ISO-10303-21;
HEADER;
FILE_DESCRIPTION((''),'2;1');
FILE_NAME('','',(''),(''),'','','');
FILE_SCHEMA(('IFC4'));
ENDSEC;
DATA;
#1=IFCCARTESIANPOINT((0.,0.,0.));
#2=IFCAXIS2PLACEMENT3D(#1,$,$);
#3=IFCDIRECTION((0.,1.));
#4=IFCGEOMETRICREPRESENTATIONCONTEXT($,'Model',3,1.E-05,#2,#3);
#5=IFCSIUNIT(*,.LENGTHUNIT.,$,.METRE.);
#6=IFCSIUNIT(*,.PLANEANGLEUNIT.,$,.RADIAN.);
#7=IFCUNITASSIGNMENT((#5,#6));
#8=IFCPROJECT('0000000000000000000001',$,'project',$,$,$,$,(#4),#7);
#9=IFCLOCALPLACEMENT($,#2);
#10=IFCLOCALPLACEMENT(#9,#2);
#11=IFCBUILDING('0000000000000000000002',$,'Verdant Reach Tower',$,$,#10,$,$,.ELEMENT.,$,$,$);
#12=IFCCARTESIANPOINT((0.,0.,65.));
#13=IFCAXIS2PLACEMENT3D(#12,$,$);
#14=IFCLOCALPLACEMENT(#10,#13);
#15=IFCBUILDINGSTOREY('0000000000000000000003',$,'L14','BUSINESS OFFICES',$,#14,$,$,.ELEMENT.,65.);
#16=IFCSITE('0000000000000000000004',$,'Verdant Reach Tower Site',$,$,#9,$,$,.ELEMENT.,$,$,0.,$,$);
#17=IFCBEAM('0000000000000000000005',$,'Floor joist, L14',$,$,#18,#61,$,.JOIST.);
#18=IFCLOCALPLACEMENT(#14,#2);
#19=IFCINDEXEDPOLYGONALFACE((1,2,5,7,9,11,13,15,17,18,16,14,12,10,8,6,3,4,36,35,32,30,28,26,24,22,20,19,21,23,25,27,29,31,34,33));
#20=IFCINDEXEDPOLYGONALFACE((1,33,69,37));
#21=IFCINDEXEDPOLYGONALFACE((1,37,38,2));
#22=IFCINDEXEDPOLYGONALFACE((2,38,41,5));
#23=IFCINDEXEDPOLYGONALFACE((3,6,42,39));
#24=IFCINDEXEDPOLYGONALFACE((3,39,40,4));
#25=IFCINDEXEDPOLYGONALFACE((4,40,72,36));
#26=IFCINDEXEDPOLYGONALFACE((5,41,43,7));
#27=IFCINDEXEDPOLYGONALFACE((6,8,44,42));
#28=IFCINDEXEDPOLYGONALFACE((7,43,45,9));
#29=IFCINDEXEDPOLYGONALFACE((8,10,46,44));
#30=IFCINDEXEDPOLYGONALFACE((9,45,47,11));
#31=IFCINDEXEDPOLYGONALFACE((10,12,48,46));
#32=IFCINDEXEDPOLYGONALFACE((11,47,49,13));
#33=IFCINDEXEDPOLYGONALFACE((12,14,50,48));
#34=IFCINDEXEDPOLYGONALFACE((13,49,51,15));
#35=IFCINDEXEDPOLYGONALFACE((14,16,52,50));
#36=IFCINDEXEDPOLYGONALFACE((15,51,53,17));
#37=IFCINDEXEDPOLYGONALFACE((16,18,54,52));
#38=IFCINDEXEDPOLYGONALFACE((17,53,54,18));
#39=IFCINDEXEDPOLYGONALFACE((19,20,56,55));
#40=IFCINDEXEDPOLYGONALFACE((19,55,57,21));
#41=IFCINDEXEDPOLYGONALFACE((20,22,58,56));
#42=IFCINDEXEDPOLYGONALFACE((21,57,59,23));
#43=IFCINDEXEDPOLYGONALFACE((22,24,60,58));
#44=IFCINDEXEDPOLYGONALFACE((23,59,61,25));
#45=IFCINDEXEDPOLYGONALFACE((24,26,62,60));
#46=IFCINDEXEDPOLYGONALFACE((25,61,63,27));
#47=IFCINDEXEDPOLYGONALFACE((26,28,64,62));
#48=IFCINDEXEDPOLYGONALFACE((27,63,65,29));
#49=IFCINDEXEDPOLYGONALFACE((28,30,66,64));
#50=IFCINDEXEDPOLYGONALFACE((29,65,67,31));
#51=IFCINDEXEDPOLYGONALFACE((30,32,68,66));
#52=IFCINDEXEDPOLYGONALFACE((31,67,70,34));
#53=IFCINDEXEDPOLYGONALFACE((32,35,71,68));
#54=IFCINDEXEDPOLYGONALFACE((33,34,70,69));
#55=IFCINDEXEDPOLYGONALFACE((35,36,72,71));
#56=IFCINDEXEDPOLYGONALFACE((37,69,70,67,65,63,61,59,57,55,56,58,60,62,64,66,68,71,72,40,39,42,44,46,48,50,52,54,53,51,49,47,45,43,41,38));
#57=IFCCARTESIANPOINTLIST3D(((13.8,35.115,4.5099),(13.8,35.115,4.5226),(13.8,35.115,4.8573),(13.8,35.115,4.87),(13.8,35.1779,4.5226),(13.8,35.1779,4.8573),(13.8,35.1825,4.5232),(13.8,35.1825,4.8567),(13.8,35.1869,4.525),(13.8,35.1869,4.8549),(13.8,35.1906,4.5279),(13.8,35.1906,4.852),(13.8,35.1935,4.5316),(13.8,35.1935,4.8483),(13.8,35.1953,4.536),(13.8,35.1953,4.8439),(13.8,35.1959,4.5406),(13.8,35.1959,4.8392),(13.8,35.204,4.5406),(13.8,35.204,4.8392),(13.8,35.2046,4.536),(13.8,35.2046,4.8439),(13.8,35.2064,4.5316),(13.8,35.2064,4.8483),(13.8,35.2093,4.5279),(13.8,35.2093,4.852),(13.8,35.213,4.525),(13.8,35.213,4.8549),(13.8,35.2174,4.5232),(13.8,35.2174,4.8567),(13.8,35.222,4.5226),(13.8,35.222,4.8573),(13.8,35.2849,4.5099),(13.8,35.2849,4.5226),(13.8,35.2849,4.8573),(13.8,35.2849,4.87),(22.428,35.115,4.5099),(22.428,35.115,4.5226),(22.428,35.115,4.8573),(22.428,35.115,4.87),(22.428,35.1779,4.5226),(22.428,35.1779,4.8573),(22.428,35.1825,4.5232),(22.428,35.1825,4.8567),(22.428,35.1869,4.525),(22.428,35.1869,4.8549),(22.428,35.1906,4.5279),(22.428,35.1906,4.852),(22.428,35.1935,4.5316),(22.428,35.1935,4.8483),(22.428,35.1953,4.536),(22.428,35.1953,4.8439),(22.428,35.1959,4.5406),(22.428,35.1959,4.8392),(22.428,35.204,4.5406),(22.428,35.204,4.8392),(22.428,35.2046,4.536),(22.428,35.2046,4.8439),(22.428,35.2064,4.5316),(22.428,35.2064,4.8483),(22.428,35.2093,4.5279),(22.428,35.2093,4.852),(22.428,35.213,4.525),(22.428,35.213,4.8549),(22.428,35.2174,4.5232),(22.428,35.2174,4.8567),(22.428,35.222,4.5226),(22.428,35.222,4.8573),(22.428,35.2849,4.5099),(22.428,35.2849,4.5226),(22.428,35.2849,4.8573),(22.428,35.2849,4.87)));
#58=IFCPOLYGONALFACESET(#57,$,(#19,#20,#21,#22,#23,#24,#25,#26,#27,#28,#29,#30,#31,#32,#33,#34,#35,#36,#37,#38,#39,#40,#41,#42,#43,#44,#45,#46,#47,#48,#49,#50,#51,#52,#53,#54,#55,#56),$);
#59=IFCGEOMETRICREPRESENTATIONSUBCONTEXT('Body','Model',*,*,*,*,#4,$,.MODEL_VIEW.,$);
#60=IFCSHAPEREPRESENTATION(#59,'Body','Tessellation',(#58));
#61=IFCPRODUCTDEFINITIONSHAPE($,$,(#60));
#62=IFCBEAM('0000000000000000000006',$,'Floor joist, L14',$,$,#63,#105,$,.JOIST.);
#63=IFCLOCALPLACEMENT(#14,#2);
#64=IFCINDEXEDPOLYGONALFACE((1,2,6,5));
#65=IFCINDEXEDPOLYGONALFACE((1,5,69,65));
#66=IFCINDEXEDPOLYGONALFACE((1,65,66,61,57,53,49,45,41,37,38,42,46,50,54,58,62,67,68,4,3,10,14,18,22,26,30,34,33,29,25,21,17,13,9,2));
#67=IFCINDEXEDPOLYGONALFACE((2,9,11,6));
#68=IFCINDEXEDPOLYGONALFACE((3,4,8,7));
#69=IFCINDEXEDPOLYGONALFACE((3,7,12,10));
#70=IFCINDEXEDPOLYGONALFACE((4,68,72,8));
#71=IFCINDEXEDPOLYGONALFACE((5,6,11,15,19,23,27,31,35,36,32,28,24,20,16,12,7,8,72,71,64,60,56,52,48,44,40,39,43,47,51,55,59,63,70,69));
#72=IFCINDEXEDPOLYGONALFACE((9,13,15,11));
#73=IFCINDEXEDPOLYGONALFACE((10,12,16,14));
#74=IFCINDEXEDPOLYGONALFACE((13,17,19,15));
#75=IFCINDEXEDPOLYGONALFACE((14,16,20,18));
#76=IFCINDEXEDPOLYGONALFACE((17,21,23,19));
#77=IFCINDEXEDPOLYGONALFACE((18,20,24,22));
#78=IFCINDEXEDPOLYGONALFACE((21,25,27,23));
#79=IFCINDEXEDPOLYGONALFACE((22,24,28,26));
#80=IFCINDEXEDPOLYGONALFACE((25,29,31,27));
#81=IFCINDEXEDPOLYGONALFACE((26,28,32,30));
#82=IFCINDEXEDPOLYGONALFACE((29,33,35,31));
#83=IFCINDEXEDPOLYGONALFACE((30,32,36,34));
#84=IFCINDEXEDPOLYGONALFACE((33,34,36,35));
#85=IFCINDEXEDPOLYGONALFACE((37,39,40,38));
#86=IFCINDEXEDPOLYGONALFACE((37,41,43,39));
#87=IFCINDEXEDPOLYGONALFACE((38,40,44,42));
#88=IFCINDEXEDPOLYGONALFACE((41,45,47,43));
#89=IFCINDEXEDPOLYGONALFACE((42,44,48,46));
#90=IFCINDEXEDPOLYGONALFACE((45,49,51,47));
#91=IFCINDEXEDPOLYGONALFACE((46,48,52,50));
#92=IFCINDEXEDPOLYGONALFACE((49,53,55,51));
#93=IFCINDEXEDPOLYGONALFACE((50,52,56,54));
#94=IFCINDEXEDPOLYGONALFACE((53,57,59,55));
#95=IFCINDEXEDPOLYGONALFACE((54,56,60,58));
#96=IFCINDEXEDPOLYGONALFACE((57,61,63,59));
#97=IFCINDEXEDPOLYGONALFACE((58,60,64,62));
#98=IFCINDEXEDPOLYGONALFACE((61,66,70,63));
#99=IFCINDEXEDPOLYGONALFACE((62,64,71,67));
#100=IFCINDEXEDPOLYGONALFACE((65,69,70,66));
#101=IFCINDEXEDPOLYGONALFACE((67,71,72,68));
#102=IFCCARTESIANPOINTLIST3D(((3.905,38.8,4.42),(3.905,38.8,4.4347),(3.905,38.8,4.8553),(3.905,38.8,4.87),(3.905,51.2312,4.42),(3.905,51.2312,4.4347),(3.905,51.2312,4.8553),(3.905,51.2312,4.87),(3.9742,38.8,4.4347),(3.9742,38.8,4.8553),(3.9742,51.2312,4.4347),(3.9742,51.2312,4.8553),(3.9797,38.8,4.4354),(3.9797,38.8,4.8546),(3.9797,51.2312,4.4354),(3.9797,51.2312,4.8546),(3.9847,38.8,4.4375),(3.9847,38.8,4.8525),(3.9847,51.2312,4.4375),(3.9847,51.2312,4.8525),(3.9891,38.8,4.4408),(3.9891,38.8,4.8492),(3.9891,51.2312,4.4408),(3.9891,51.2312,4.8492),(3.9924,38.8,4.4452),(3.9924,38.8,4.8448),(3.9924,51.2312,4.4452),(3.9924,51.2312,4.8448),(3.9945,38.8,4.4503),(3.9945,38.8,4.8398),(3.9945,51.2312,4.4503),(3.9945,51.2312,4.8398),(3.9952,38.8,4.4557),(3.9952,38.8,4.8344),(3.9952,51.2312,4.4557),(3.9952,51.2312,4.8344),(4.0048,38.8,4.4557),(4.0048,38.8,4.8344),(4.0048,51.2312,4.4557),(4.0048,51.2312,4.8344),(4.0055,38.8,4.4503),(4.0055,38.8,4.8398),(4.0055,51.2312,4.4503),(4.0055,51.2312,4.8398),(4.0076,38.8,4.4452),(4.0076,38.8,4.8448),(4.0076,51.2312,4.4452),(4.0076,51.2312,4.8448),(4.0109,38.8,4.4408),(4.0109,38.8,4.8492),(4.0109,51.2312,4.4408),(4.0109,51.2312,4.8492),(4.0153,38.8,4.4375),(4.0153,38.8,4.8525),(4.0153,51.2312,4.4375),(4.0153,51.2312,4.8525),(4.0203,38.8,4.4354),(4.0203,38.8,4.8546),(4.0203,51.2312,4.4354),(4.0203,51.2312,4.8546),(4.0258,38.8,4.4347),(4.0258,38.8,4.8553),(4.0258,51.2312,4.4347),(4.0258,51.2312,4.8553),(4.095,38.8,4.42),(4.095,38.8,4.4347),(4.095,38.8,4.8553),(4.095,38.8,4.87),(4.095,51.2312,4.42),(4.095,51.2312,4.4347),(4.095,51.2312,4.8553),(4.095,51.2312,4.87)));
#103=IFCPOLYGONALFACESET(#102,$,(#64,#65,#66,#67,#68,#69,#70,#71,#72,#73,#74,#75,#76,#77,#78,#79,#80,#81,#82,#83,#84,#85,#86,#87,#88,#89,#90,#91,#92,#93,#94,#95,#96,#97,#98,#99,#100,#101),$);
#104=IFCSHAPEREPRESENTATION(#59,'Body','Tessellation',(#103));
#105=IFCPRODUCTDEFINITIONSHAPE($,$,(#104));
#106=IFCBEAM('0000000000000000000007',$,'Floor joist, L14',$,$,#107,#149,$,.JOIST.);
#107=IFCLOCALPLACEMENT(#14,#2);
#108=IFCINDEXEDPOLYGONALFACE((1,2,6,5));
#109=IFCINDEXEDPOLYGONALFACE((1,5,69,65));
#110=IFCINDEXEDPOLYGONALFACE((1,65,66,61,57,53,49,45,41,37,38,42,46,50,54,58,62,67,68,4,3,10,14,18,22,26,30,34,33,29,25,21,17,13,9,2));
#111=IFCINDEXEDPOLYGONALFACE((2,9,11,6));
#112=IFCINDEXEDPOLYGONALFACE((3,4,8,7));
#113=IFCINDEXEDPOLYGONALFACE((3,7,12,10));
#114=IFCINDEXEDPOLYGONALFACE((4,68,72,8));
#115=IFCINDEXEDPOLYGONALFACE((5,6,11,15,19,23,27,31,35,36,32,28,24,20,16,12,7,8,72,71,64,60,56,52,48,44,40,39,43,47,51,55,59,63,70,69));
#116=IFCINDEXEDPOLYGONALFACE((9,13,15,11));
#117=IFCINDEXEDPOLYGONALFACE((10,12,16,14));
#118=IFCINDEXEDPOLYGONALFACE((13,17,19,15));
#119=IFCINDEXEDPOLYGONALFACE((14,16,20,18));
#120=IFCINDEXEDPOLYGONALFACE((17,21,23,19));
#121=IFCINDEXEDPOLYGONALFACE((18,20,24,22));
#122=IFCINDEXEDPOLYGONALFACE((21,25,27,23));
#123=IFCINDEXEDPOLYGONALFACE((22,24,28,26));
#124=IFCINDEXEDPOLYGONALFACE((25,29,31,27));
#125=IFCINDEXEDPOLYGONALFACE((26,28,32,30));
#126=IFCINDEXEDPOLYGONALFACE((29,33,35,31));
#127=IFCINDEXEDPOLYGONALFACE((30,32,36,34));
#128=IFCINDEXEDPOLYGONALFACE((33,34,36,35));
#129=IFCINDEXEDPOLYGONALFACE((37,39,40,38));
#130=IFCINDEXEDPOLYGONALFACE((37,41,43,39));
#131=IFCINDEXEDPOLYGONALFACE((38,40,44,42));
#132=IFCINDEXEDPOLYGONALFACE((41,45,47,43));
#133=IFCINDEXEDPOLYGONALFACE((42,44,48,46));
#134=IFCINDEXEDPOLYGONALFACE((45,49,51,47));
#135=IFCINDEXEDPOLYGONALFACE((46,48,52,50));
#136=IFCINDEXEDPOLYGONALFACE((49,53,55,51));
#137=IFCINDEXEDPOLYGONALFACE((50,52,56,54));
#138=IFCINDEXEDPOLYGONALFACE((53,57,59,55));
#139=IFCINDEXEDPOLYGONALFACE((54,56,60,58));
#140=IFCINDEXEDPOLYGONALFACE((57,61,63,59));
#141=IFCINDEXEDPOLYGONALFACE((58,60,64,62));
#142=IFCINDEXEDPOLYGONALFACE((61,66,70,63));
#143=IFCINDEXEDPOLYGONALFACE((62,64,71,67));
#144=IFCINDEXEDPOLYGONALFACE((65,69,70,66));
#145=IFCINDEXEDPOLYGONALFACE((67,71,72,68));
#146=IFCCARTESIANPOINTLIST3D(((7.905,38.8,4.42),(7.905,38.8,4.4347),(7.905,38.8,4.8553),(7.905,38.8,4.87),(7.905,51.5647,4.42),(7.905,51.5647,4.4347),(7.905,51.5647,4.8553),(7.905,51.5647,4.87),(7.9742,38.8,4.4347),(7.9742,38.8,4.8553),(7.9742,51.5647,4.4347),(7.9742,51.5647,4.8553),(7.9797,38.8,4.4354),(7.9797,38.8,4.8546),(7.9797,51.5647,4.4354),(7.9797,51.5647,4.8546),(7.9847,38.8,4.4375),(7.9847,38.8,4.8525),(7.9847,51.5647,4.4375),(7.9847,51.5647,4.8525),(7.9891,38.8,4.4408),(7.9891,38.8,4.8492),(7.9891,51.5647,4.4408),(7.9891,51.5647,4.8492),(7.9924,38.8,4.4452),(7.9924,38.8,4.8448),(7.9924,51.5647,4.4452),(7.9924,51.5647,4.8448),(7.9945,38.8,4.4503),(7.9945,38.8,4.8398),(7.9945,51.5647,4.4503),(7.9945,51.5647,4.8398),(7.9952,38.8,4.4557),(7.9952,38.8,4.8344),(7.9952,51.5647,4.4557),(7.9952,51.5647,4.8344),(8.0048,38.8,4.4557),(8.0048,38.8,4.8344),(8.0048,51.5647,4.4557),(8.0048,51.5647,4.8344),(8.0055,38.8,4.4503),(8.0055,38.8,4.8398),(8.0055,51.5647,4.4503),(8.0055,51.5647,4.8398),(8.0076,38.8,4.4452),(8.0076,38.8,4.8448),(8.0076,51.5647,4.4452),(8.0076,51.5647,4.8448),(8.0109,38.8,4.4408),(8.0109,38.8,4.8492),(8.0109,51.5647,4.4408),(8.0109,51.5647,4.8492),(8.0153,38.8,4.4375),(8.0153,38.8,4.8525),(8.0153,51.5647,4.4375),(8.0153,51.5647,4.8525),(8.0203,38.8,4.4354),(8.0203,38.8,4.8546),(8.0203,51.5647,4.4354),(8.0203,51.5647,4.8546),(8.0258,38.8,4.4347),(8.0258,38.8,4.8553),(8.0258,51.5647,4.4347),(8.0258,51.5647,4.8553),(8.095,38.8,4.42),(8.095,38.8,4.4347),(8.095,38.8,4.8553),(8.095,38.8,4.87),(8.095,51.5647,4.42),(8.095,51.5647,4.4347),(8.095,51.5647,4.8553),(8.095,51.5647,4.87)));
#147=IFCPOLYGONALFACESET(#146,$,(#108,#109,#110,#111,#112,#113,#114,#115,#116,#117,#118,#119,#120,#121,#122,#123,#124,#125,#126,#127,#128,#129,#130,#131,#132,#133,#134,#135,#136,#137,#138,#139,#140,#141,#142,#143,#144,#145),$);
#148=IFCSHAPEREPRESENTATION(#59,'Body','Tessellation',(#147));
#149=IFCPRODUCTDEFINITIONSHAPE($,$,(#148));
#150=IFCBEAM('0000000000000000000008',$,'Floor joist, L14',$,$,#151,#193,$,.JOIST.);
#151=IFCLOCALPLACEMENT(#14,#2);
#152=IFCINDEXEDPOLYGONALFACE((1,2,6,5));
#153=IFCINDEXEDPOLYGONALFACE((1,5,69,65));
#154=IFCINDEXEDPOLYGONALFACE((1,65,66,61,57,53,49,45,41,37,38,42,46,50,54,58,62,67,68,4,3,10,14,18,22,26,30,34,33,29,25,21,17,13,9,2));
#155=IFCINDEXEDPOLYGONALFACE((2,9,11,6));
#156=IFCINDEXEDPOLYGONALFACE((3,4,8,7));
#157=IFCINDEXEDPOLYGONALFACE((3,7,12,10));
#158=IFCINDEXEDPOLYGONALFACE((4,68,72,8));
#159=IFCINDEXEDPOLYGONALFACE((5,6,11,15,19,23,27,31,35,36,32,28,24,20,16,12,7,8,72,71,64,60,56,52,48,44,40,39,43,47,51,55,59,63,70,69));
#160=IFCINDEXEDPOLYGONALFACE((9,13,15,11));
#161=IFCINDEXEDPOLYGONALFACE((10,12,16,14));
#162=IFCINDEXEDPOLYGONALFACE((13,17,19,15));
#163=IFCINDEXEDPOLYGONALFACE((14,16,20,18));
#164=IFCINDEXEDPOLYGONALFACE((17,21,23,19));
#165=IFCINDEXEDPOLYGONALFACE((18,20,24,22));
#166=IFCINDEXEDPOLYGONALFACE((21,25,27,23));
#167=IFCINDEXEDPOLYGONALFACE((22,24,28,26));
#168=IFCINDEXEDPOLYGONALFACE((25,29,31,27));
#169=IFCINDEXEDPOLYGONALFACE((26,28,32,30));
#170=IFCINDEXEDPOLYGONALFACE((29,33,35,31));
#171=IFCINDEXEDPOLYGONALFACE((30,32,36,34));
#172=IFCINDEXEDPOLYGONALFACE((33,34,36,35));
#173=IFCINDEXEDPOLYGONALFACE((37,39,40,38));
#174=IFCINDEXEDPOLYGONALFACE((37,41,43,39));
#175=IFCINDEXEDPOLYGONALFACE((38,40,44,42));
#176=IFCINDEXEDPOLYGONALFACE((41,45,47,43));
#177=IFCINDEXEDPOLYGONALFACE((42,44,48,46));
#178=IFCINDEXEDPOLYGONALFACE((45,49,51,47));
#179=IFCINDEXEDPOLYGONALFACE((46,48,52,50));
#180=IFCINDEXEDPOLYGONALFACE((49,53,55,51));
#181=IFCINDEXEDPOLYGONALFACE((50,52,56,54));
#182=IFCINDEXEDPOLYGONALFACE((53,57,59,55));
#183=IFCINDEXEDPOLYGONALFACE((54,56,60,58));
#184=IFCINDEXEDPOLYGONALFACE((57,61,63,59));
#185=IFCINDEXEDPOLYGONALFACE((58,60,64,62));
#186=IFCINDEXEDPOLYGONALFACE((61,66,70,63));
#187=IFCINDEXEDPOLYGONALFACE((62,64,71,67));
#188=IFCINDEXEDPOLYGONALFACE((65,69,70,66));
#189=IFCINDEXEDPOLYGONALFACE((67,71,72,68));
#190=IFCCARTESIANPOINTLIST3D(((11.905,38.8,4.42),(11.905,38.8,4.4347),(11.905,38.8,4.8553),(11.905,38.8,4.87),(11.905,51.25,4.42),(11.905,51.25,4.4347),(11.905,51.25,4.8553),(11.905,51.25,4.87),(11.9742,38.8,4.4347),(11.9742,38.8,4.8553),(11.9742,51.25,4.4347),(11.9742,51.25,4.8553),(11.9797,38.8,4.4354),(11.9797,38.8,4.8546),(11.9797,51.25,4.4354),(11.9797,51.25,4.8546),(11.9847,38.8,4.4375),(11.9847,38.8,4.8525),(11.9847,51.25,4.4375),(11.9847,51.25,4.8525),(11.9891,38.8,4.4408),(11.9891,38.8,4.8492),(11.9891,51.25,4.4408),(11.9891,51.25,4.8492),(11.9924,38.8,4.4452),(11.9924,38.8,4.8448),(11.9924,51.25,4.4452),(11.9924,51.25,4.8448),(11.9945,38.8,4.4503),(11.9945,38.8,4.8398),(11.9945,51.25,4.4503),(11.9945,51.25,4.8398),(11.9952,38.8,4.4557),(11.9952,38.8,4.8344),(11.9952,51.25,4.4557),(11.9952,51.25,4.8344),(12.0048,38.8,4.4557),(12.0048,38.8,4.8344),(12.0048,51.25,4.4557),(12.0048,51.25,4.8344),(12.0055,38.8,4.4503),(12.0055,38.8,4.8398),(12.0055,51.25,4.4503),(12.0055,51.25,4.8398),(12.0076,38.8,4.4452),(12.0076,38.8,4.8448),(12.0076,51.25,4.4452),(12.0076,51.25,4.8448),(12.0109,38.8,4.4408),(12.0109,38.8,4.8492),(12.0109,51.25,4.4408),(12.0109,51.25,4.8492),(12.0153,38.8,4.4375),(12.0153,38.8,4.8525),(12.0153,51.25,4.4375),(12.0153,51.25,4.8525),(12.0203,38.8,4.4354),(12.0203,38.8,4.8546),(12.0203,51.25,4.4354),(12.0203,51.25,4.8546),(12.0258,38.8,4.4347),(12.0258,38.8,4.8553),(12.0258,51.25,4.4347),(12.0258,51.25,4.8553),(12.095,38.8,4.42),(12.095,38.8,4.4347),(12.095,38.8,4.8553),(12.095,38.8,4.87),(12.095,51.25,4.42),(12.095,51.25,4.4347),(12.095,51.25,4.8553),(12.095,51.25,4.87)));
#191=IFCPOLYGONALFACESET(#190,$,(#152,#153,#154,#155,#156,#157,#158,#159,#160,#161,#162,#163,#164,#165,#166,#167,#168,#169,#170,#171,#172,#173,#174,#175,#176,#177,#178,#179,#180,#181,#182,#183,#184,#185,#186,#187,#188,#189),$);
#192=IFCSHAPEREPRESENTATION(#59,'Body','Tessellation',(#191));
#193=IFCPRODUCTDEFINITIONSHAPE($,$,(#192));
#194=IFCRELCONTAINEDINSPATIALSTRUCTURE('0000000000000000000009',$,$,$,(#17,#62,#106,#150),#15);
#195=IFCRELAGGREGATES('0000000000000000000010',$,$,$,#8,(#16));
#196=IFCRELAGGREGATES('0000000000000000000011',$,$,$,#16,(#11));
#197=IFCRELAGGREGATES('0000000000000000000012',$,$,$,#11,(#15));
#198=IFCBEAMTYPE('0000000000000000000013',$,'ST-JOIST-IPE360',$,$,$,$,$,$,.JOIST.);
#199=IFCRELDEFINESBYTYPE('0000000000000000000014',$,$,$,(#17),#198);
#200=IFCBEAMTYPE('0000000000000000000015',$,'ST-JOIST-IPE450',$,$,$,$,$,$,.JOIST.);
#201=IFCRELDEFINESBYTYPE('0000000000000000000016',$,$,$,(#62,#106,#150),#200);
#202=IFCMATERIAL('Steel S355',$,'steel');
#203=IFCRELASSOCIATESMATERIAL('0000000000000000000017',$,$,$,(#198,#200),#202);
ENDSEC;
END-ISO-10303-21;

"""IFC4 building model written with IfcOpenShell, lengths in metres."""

from ifc_helpers import new_model, si_unit, direction, frame, origin, origin_2d, place, context, subcontext, project, spatial, i_section, extrude, material, material_profile, profile_set, type_object, element, save


model = new_model("IFC4")

# Units and contexts
model_context = context("Model", 3, precision=1e-05, world=origin(), true_north=direction((0.0, 1.0)))
body_context = subcontext(model_context, "Body", "Model", "MODEL_VIEW")
ifc_project = project(units=[si_unit("LENGTHUNIT", "METRE"), si_unit("PLANEANGLEUNIT", "RADIAN")], contexts=[model_context])

# Site, building, storey
site_placement = place(None, origin())
site = spatial("IfcSite", under=ifc_project, at=site_placement, Name="Verdant Reach Tower Site", CompositionType="ELEMENT", RefElevation=0.0)
building_placement = place(site_placement, origin())
building = spatial("IfcBuilding", under=site, at=building_placement, Name="Verdant Reach Tower", CompositionType="ELEMENT")
storey_placement = place(building_placement, frame((0.0, 0.0, 65.0)))
storey = spatial("IfcBuildingStorey", under=building, at=storey_placement, Name="L14", Description="BUSINESS OFFICES", CompositionType="ELEMENT", Elevation=65.0)

# Beams
ifc_material_1 = material(Name="Steel S355", Category="steel")
ifc_material_profile_1 = material_profile(ifc_material_1, i_section(OverallWidth=0.1699, OverallDepth=0.3601, WebThickness=0.0081, FlangeThickness=0.0127, FilletRadius=0.0181, at=origin_2d()), Name="IPE 360")
ifc_profile_set_1 = profile_set([ifc_material_profile_1], Name="Steel S355")
beam_type_1 = type_object("IfcBeamType", Name="ST-JOIST-IPE360", PredefinedType="JOIST", material=ifc_profile_set_1)
beam_1_placement = place(storey_placement, frame((13.8, 35.2, 4.6899), z_axis=(1.0, 0.0, 0.0), x_axis=(0.0, 1.0, 0.0)))
element("IfcBeam", 1, at=beam_1_placement, inside=storey, type_object=beam_type_1, Name="Floor joist, L14", PredefinedType="JOIST", context=body_context, shape_type="SweptSolid", body=[
    extrude(i_section(OverallWidth=0.1699, OverallDepth=0.3601, WebThickness=0.0081, FlangeThickness=0.0127, FilletRadius=0.0181, at=origin_2d()), origin(), (0.0, 0.0, 1.0), 8.6279),
])
ifc_material_profile_2 = material_profile(ifc_material_1, i_section(OverallWidth=0.1899, OverallDepth=0.45, WebThickness=0.0095, FlangeThickness=0.0146, FilletRadius=0.021, at=origin_2d()), Name="IPE 450")
ifc_profile_set_2 = profile_set([ifc_material_profile_2], Name="Steel S355")
beam_type_2 = type_object("IfcBeamType", Name="ST-JOIST-IPE450", PredefinedType="JOIST", material=ifc_profile_set_2)
beam_2_placement = place(storey_placement, frame((4.0, 38.8, 4.645), z_axis=(0.0, 1.0, 0.0), x_axis=(-1.0, 0.0, 0.0)))
element("IfcBeam", 2, at=beam_2_placement, inside=storey, type_object=beam_type_2, Name="Floor joist, L14", PredefinedType="JOIST", context=body_context, shape_type="SweptSolid", body=[
    extrude(i_section(OverallWidth=0.1899, OverallDepth=0.45, WebThickness=0.0095, FlangeThickness=0.0146, FilletRadius=0.021, at=origin_2d()), origin(), (0.0, 0.0, 1.0), 12.4312),
])
beam_3_placement = place(storey_placement, frame((8.0, 38.8, 4.645), z_axis=(0.0, 1.0, 0.0), x_axis=(-1.0, 0.0, 0.0)))
element("IfcBeam", 3, at=beam_3_placement, inside=storey, type_object=beam_type_2, Name="Floor joist, L14", PredefinedType="JOIST", context=body_context, shape_type="SweptSolid", body=[
    extrude(i_section(OverallWidth=0.1899, OverallDepth=0.45, WebThickness=0.0095, FlangeThickness=0.0146, FilletRadius=0.021, at=origin_2d()), origin(), (0.0, 0.0, 1.0), 12.7646),
])
beam_4_placement = place(storey_placement, frame((12.0, 38.8, 4.645), z_axis=(0.0, 1.0, 0.0), x_axis=(-1.0, 0.0, 0.0)))
element("IfcBeam", 4, at=beam_4_placement, inside=storey, type_object=beam_type_2, Name="Floor joist, L14", PredefinedType="JOIST", context=body_context, shape_type="SweptSolid", body=[
    extrude(i_section(OverallWidth=0.1899, OverallDepth=0.45, WebThickness=0.0095, FlangeThickness=0.0146, FilletRadius=0.021, at=origin_2d()), origin(), (0.0, 0.0, 1.0), 12.45),
])

save(model, "model.ifc")
